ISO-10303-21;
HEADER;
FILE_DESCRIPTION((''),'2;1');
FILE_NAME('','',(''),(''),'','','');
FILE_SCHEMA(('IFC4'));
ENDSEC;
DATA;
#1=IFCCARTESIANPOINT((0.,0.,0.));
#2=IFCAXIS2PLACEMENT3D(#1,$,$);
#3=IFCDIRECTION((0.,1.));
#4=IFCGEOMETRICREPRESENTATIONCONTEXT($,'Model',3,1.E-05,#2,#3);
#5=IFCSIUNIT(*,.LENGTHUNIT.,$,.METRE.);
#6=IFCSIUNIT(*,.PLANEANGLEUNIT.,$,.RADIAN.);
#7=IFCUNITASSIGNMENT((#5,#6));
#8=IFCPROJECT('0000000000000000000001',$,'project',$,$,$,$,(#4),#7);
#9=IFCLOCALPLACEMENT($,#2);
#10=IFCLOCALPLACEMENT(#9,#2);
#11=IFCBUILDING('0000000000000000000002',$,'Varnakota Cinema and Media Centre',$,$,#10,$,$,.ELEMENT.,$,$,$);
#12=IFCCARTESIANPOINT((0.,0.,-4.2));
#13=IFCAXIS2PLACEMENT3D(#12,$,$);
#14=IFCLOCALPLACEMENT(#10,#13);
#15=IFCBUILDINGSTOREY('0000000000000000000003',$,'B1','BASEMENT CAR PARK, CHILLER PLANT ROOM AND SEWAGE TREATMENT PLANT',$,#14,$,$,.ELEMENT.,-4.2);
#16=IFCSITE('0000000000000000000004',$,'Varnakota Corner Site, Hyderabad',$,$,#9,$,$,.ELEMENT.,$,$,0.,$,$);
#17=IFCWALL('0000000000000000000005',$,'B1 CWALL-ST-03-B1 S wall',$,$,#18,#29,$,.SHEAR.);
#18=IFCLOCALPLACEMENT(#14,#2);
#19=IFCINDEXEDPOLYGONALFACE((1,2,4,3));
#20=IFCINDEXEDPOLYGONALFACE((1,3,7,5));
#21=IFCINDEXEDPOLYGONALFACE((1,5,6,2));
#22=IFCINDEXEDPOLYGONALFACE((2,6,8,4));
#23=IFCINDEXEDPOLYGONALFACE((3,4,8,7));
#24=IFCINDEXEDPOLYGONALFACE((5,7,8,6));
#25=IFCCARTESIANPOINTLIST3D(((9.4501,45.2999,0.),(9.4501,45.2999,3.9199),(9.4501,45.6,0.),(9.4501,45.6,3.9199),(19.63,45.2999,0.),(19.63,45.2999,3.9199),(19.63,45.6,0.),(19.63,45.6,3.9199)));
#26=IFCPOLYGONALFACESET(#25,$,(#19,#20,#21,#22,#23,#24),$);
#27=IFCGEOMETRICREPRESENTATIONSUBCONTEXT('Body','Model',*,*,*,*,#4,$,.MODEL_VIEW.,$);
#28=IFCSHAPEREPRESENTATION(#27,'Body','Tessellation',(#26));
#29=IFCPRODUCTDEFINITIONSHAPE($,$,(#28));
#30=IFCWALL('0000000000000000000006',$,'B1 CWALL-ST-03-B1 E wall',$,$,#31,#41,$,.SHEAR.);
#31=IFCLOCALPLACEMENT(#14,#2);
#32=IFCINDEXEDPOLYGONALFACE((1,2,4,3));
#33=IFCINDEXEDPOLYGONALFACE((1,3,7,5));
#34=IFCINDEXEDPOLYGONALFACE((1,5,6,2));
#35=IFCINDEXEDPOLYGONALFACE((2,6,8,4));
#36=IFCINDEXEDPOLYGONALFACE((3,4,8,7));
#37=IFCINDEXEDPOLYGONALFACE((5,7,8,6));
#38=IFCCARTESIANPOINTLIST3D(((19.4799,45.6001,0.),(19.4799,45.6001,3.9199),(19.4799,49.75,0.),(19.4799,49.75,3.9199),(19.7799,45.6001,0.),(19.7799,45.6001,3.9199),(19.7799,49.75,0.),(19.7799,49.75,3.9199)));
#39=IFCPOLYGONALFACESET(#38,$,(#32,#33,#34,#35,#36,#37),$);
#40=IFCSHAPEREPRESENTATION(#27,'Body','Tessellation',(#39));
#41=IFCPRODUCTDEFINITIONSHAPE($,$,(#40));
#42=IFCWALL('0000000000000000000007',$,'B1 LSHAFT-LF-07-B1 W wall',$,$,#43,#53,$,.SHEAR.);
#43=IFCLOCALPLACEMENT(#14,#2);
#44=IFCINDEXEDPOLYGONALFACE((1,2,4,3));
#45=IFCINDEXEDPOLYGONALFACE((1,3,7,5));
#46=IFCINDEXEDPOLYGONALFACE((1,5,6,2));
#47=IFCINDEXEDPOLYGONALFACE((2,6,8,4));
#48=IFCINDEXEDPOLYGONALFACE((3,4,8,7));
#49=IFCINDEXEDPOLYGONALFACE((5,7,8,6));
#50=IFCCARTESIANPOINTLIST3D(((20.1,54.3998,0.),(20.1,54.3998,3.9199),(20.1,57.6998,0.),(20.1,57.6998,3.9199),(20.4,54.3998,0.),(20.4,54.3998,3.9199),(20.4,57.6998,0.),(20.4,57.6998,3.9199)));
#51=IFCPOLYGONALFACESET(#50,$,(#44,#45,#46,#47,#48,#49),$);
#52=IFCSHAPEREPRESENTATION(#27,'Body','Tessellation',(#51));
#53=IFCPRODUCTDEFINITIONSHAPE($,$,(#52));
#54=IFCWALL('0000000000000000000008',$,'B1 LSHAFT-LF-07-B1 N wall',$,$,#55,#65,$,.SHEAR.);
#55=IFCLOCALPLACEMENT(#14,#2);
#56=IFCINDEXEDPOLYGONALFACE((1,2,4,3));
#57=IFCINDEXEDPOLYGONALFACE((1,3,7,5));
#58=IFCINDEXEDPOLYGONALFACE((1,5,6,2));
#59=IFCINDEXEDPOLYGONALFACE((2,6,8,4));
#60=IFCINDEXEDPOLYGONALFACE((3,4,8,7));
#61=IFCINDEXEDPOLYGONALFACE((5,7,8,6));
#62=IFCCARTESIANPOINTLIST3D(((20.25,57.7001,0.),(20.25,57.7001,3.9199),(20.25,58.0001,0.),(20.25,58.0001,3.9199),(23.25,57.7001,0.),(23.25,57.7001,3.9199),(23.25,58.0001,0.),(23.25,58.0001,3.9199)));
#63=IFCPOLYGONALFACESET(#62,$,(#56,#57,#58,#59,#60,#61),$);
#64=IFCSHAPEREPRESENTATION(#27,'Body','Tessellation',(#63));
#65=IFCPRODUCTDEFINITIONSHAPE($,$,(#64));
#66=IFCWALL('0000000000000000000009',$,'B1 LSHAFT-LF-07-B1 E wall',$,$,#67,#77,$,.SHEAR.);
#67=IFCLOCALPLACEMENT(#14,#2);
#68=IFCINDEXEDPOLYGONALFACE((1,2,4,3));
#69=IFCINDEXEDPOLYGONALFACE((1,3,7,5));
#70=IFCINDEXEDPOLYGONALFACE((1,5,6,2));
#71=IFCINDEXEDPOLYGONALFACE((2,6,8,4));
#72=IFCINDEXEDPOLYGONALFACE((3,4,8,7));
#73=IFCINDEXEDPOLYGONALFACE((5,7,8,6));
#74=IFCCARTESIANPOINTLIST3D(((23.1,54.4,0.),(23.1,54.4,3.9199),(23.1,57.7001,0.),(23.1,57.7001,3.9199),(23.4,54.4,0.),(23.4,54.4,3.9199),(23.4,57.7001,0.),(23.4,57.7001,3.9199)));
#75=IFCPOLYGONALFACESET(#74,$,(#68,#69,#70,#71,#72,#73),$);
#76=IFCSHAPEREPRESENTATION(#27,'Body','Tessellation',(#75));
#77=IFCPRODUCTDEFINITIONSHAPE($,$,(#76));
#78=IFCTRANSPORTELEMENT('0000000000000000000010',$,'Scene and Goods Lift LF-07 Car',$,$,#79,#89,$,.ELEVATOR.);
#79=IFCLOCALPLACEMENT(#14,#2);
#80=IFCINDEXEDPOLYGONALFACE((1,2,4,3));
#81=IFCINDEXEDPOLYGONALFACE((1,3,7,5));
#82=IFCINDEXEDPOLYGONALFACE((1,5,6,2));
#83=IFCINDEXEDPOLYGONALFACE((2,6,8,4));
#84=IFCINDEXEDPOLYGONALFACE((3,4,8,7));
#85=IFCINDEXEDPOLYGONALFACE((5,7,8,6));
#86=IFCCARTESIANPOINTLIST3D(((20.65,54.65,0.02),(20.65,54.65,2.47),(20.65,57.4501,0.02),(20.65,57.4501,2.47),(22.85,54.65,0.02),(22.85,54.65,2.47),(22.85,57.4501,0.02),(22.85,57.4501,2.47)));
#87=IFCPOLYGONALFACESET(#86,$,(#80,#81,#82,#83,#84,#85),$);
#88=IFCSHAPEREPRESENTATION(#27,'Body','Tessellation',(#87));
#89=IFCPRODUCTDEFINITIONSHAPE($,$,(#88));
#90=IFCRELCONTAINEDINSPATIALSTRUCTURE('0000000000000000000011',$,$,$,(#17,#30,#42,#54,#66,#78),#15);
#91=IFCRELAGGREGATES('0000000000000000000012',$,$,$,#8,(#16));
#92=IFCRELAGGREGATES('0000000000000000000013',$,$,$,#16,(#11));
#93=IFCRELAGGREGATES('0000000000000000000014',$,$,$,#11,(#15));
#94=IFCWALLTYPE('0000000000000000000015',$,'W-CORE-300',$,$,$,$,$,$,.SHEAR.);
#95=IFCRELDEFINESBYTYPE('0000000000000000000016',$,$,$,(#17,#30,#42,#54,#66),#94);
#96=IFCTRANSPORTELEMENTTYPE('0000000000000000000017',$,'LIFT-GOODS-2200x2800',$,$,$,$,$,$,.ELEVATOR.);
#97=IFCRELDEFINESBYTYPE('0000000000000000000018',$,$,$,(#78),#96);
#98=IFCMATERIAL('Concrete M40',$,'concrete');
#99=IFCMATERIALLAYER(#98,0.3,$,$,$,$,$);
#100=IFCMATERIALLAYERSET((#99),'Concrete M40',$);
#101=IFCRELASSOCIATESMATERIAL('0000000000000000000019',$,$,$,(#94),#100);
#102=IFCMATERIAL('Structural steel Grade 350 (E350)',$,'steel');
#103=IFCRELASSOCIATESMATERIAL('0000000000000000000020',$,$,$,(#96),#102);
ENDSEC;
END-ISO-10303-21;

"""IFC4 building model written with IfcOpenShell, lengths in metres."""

from ifc_helpers import new_model, si_unit, direction, frame, frame_2d, origin, origin_2d, place, context, subcontext, project, spatial, rectangle, extrude, material, layer, layer_set, type_object, element, save


model = new_model("IFC4")

# Units and contexts
model_context = context("Model", 3, precision=1e-05, world=origin(), true_north=direction((0.0, 1.0)))
body_context = subcontext(model_context, "Body", "Model", "MODEL_VIEW")
ifc_project = project(units=[si_unit("LENGTHUNIT", "METRE"), si_unit("PLANEANGLEUNIT", "RADIAN")], contexts=[model_context])

# Site, building, storey
site_placement = place(None, origin())
site = spatial("IfcSite", under=ifc_project, at=site_placement, Name="Varnakota Corner Site, Hyderabad", CompositionType="ELEMENT", RefElevation=0.0)
building_placement = place(site_placement, origin())
building = spatial("IfcBuilding", under=site, at=building_placement, Name="Varnakota Cinema and Media Centre", CompositionType="ELEMENT")
storey_placement = place(building_placement, frame((0.0, 0.0, -4.2)))
storey = spatial("IfcBuildingStorey", under=building, at=storey_placement, Name="B1", Description="BASEMENT CAR PARK, CHILLER PLANT ROOM AND SEWAGE TREATMENT PLANT", CompositionType="ELEMENT", Elevation=-4.2)

# Walls
ifc_material_1 = material(Name="Concrete M40", Category="concrete")
ifc_layer = layer(ifc_material_1, 0.3)
ifc_layer_set = layer_set([ifc_layer], Name="Concrete M40")
wall_type = type_object("IfcWallType", Name="W-CORE-300", PredefinedType="SHEAR", material=ifc_layer_set)
wall_1_placement = place(storey_placement, frame((19.6299, 45.45, 0.0), z_axis=(0.0, 0.0, 1.0), x_axis=(-1.0, 0.0, 0.0)))
element("IfcWall", 1, at=wall_1_placement, inside=storey, type_object=wall_type, Name="B1 CWALL-ST-03-B1 S wall", PredefinedType="SHEAR", context=body_context, shape_type="SweptSolid", body=[
    extrude(rectangle(XDim=10.1799, YDim=0.3, at=frame_2d((5.0898, 0.0))), origin(), (0.0, 0.0, 1.0), 3.9199),
])
wall_2_placement = place(storey_placement, frame((19.6299, 49.75, 0.0), z_axis=(0.0, 0.0, 1.0), x_axis=(0.0, -1.0, 0.0)))
element("IfcWall", 2, at=wall_2_placement, inside=storey, type_object=wall_type, Name="B1 CWALL-ST-03-B1 E wall", PredefinedType="SHEAR", context=body_context, shape_type="SweptSolid", body=[
    extrude(rectangle(XDim=4.1499, YDim=0.3, at=frame_2d((2.075, 0.0))), origin(), (0.0, 0.0, 1.0), 3.9199),
])

# Walls
wall_3_placement = place(storey_placement, frame((20.25, 54.3999, 0.0), z_axis=(0.0, 0.0, 1.0), x_axis=(0.0, 1.0, 0.0)))
element("IfcWall", 3, at=wall_3_placement, inside=storey, type_object=wall_type, Name="B1 LSHAFT-LF-07-B1 W wall", PredefinedType="SHEAR", context=body_context, shape_type="SweptSolid", body=[
    extrude(rectangle(XDim=3.3, YDim=0.3, at=frame_2d((1.6499, 0.0))), origin(), (0.0, 0.0, 1.0), 3.9199),
])
wall_4_placement = place(storey_placement, frame((20.25, 57.8501, 0.0), z_axis=(0.0, 0.0, 1.0), x_axis=(1.0, 0.0, 0.0)))
element("IfcWall", 4, at=wall_4_placement, inside=storey, type_object=wall_type, Name="B1 LSHAFT-LF-07-B1 N wall", PredefinedType="SHEAR", context=body_context, shape_type="SweptSolid", body=[
    extrude(rectangle(XDim=3.0, YDim=0.3, at=frame_2d((1.5, 0.0))), origin(), (0.0, 0.0, 1.0), 3.9199),
])
wall_5_placement = place(storey_placement, frame((23.25, 57.7, 0.0), z_axis=(0.0, 0.0, 1.0), x_axis=(0.0, -1.0, 0.0)))
element("IfcWall", 5, at=wall_5_placement, inside=storey, type_object=wall_type, Name="B1 LSHAFT-LF-07-B1 E wall", PredefinedType="SHEAR", context=body_context, shape_type="SweptSolid", body=[
    extrude(rectangle(XDim=3.3, YDim=0.3, at=frame_2d((1.6499, 0.0))), origin(), (0.0, 0.0, 1.0), 3.9199),
])

# Transport element
ifc_material_2 = material(Name="Structural steel Grade 350 (E350)", Category="steel")
transport_element_type = type_object("IfcTransportElementType", Name="LIFT-GOODS-2200x2800", PredefinedType="ELEVATOR", material=ifc_material_2)
transport_element_placement = place(storey_placement, frame((21.75, 56.05, 0.02), z_axis=(0.0, 0.0, 1.0), x_axis=(1.0, 0.0, 0.0)))
element("IfcTransportElement", 6, at=transport_element_placement, inside=storey, type_object=transport_element_type, Name="Scene and Goods Lift LF-07 Car", PredefinedType="ELEVATOR", context=body_context, shape_type="SweptSolid", body=[
    extrude(rectangle(XDim=2.2, YDim=2.8, at=origin_2d()), origin(), (0.0, 0.0, 1.0), 2.45),
])

save(model, "model.ifc")
